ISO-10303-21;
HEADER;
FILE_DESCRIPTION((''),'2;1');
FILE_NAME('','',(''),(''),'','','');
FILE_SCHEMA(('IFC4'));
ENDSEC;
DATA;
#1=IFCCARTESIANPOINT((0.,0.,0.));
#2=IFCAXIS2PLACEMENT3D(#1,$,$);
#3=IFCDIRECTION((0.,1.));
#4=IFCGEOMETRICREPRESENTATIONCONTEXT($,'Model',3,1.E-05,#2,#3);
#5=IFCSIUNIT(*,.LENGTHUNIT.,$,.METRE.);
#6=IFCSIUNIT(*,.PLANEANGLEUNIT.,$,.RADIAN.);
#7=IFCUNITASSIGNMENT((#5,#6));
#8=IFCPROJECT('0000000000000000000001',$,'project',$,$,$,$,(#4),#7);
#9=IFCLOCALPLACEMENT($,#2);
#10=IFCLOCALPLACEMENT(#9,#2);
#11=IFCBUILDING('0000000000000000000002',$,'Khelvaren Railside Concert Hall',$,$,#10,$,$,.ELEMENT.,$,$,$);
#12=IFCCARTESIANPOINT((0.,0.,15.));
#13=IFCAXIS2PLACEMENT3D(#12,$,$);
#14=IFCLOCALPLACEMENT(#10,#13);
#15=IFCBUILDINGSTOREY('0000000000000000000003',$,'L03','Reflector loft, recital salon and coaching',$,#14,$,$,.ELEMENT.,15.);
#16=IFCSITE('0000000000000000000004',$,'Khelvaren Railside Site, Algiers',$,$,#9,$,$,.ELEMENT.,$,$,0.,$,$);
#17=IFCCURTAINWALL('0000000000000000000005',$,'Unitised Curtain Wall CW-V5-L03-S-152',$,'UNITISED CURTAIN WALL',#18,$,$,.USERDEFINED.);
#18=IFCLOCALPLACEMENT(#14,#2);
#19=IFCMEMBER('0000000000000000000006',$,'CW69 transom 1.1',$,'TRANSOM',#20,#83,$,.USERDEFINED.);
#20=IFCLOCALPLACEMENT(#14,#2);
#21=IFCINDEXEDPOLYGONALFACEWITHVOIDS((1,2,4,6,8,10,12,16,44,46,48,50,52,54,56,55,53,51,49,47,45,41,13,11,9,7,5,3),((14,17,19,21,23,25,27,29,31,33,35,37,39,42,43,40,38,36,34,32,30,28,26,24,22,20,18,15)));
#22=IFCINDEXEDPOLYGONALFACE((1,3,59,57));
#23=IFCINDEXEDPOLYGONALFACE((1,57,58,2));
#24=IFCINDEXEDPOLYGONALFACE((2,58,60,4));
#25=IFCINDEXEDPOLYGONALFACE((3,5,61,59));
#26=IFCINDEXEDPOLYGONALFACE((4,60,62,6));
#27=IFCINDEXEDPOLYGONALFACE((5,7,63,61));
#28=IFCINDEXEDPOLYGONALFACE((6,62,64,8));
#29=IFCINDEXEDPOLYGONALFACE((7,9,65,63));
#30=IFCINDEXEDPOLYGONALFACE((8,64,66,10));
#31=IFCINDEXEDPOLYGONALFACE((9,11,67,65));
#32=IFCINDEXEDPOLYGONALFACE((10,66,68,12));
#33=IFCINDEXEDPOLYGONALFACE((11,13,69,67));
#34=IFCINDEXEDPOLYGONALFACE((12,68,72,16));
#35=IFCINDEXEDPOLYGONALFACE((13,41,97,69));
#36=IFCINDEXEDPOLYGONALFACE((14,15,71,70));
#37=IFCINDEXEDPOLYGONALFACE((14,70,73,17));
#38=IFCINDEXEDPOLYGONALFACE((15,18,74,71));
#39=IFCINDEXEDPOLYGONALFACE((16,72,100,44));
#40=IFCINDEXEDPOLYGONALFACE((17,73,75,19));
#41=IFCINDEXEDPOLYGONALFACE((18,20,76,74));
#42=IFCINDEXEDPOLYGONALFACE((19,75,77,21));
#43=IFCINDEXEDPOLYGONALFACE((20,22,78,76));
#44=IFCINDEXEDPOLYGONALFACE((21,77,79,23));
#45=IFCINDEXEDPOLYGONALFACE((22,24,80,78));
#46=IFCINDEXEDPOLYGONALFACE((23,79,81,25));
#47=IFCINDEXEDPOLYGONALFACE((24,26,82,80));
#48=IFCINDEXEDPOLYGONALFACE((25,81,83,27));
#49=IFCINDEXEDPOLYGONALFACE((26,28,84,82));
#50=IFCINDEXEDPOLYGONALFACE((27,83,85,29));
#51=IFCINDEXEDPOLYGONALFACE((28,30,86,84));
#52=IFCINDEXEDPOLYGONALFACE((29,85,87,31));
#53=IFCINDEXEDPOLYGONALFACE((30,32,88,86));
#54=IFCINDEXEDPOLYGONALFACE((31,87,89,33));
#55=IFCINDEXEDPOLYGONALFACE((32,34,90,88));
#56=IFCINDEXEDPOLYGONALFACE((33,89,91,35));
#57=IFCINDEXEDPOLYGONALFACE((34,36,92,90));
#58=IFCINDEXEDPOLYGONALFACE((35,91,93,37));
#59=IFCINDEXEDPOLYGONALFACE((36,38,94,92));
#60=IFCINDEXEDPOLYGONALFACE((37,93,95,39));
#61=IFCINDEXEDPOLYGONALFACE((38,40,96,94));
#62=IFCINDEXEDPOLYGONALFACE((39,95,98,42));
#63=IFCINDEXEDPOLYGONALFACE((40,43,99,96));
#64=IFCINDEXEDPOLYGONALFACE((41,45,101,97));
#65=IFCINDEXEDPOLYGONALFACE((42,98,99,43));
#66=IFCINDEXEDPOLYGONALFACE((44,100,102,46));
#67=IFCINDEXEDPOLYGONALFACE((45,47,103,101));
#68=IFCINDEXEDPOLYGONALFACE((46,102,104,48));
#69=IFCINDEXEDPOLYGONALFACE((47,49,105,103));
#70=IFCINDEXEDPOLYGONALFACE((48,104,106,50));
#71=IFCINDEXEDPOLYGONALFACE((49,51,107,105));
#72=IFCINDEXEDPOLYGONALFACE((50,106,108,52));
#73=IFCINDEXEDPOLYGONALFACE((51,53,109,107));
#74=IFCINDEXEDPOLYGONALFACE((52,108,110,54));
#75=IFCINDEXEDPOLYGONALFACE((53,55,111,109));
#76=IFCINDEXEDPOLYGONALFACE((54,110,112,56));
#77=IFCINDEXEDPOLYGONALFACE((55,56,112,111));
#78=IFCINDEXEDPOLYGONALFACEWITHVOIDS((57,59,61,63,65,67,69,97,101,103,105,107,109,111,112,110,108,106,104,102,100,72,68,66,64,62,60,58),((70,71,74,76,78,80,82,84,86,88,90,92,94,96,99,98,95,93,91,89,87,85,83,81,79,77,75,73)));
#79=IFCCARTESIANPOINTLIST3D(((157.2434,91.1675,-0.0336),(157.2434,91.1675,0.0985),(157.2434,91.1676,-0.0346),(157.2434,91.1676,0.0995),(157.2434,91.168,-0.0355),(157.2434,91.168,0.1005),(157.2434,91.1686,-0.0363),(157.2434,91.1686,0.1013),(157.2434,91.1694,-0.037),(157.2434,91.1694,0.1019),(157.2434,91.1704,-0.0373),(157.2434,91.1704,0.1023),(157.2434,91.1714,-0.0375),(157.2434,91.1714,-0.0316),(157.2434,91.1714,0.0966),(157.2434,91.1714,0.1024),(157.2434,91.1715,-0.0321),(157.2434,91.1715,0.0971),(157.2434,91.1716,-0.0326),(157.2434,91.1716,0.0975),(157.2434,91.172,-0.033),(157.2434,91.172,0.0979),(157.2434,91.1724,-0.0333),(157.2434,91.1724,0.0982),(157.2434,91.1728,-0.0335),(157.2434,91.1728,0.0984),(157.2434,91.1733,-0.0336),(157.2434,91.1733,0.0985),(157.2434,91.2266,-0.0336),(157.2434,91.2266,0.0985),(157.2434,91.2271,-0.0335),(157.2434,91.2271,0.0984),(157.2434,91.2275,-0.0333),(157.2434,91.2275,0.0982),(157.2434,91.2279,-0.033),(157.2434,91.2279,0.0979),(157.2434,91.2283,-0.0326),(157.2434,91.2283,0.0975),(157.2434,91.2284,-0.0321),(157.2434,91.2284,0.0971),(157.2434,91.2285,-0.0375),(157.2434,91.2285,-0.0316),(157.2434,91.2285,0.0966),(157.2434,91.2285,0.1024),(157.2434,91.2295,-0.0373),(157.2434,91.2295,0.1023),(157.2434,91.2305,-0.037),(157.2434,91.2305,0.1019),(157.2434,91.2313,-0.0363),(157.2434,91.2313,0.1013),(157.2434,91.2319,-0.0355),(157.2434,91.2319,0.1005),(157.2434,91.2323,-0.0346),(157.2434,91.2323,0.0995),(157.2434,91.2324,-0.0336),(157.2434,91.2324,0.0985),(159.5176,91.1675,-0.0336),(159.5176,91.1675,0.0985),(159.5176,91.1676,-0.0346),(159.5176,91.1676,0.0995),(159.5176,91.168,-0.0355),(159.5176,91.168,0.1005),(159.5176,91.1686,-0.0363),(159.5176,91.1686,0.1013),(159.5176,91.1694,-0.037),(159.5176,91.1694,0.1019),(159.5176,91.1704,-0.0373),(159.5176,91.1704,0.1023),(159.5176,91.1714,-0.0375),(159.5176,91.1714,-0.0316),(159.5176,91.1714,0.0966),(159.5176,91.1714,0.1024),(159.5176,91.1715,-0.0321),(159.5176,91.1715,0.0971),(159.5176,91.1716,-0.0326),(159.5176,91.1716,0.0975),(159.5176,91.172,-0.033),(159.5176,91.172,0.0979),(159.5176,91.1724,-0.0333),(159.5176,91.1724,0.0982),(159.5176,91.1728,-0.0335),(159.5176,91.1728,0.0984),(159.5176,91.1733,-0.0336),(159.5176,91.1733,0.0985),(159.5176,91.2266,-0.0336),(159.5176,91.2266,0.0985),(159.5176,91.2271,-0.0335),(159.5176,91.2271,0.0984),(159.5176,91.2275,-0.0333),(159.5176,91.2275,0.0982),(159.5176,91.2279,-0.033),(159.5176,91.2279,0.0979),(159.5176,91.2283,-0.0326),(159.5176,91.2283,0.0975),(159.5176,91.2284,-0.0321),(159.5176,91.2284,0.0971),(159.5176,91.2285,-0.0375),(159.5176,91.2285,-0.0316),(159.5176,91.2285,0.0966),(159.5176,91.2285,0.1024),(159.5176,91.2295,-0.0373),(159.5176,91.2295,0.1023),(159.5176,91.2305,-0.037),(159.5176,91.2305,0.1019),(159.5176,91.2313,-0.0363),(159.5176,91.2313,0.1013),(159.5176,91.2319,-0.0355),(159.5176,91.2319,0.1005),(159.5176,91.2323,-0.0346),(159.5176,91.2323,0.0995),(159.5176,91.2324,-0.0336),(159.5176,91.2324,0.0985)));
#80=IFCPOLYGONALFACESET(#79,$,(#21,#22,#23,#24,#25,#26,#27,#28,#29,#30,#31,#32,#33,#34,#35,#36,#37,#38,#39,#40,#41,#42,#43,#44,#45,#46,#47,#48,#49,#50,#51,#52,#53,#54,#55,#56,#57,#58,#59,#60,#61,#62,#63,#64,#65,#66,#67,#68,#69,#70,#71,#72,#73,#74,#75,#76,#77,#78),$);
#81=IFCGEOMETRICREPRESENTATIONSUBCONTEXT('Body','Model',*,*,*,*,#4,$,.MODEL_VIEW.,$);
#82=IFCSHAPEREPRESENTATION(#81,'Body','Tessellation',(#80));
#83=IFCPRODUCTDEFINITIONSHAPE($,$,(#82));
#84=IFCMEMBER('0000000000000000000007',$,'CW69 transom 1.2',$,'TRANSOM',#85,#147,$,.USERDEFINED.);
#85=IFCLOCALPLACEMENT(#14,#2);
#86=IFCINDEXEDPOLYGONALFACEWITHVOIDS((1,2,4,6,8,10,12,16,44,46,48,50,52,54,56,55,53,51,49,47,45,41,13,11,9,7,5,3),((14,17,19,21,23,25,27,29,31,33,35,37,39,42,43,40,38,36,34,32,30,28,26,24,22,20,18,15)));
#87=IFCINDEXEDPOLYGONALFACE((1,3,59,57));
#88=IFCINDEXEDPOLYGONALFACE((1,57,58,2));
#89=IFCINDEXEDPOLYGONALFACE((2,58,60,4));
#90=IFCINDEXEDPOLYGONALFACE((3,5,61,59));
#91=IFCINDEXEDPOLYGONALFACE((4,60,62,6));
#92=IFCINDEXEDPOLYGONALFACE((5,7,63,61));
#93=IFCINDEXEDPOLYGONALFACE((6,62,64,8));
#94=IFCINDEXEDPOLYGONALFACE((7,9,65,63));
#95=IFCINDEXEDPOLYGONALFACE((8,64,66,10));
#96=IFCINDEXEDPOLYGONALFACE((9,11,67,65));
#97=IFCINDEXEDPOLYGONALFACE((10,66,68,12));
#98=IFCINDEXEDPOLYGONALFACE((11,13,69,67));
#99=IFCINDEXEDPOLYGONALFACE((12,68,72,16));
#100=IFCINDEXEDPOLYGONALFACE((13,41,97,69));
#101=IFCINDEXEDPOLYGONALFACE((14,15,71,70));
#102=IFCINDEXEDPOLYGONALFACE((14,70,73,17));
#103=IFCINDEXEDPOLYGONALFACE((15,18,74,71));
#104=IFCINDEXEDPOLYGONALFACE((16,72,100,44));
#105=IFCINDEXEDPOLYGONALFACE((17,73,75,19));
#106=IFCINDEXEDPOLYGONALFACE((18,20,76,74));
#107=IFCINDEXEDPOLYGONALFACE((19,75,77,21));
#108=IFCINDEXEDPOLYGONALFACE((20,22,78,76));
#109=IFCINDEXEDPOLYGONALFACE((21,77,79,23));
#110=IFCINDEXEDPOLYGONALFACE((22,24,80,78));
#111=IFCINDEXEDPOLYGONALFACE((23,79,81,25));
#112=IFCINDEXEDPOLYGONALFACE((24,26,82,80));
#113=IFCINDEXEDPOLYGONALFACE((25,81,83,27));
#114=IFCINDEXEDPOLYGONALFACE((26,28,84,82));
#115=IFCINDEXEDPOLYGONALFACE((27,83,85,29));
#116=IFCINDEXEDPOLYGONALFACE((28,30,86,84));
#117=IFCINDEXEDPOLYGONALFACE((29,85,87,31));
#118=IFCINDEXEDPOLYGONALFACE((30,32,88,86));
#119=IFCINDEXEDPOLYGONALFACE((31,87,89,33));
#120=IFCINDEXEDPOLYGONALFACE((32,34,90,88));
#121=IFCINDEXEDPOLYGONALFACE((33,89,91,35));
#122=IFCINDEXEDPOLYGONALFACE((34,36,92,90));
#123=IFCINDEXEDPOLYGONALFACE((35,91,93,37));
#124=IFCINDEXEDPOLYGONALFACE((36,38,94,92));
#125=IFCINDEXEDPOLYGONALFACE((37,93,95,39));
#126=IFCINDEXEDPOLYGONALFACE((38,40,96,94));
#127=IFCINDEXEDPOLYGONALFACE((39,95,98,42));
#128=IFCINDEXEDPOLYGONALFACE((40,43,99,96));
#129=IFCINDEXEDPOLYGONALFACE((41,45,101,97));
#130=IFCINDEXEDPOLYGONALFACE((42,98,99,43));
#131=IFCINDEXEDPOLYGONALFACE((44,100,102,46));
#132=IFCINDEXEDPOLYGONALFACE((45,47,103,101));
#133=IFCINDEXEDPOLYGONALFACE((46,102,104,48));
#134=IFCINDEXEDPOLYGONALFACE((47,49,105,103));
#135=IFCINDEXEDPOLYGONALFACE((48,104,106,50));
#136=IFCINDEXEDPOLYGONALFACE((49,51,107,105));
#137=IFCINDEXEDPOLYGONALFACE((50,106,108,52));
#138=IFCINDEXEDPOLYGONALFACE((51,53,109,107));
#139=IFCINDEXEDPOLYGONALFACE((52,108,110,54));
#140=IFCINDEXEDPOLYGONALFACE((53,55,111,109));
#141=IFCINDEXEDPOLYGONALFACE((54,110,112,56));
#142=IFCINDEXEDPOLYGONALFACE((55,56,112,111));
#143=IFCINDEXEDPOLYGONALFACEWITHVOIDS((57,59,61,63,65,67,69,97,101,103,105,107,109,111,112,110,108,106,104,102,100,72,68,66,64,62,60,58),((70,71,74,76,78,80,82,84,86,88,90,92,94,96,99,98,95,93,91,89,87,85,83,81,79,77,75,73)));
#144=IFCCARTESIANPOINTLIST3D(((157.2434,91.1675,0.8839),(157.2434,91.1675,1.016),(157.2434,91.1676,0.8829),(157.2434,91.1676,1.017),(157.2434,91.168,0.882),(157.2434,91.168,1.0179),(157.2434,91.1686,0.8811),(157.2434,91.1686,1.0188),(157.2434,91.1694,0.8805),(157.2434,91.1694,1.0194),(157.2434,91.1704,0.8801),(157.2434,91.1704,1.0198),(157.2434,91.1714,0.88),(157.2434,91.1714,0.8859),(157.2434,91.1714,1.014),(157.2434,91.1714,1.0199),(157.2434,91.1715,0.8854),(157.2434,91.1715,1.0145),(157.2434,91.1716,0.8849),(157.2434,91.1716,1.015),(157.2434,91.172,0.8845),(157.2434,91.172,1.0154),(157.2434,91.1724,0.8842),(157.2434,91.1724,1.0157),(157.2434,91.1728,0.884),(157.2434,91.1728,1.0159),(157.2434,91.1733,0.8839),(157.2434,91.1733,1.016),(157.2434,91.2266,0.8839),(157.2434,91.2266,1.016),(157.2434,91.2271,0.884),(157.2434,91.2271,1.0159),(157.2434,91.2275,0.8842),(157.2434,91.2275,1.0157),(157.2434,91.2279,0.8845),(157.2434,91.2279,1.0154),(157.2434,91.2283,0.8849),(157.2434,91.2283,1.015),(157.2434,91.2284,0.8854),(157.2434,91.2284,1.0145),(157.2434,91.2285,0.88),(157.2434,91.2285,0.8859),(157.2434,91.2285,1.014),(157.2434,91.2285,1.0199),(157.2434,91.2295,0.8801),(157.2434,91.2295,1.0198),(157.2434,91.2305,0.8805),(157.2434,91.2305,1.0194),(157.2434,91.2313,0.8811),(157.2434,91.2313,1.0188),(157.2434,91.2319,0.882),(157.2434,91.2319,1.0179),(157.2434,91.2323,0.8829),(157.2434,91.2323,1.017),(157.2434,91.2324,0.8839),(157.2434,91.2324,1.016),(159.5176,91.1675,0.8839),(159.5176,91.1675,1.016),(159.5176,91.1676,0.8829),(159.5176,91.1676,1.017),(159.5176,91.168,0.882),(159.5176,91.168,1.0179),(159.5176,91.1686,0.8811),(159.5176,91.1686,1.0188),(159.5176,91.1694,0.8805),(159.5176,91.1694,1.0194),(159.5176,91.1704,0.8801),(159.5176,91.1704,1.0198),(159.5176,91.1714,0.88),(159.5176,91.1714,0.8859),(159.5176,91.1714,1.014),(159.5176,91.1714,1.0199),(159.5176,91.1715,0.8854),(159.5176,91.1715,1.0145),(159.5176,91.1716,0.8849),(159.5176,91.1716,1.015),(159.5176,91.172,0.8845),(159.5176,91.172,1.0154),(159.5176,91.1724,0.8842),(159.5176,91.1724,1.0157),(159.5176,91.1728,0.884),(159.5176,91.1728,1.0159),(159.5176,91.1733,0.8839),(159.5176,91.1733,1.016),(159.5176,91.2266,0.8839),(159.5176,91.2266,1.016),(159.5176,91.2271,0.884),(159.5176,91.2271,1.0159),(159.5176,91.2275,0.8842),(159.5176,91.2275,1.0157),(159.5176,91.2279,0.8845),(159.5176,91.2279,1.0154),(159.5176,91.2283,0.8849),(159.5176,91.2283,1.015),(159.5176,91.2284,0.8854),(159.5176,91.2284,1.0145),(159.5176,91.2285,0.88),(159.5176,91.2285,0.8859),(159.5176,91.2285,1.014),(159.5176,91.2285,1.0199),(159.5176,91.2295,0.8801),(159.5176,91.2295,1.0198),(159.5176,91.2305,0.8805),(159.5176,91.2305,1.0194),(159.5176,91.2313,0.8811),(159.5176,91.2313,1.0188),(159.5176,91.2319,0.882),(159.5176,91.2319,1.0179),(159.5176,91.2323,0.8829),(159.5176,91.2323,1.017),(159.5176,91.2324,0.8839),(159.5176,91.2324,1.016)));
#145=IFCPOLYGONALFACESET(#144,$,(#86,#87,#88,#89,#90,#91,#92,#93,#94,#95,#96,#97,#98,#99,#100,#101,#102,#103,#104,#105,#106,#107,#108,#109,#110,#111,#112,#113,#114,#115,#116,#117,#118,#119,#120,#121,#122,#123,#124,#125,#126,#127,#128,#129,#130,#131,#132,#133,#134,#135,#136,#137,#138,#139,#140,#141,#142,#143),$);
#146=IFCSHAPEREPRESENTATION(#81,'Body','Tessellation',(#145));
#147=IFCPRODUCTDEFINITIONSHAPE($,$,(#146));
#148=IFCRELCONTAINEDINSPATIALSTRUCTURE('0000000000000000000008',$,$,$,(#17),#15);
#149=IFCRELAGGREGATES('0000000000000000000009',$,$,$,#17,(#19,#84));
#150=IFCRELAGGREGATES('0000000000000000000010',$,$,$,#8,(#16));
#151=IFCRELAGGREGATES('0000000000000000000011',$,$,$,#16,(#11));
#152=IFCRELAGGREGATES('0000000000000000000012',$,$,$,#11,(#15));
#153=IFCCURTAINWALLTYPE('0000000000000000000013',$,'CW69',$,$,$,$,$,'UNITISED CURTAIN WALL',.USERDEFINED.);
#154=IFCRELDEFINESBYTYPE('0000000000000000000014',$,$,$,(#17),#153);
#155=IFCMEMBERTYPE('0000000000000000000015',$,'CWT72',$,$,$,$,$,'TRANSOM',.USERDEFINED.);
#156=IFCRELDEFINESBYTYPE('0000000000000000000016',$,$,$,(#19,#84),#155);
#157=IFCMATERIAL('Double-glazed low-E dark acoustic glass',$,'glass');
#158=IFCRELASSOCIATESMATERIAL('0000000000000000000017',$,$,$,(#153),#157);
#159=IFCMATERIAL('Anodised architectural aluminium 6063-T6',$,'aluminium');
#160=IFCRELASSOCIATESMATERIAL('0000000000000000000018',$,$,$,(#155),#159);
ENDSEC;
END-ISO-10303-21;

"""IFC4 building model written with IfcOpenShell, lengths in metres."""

from ifc_helpers import new_model, si_unit, direction, frame, origin, origin_2d, place, context, subcontext, project, spatial, hollow_rectangle, extrude, material, material_profile, profile_set, type_object, element, aggregate, save


model = new_model("IFC4")

# Units and contexts
model_context = context("Model", 3, precision=1e-05, world=origin(), true_north=direction((0.0, 1.0)))
body_context = subcontext(model_context, "Body", "Model", "MODEL_VIEW")
ifc_project = project(units=[si_unit("LENGTHUNIT", "METRE"), si_unit("PLANEANGLEUNIT", "RADIAN")], contexts=[model_context])

# Site, building, storey
site_placement = place(None, origin())
site = spatial("IfcSite", under=ifc_project, at=site_placement, Name="Khelvaren Railside Site, Algiers", CompositionType="ELEMENT", RefElevation=0.0)
building_placement = place(site_placement, origin())
building = spatial("IfcBuilding", under=site, at=building_placement, Name="Khelvaren Railside Concert Hall", CompositionType="ELEMENT")
storey_placement = place(building_placement, frame((0.0, 0.0, 15.0)))
storey = spatial("IfcBuildingStorey", under=building, at=storey_placement, Name="L03", Description="Reflector loft, recital salon and coaching", CompositionType="ELEMENT", Elevation=15.0)

# Shared definitions
ifc_material_1 = material(Name="Double-glazed low-E dark acoustic glass", Category="glass")
ifc_material_2 = material(Name="Anodised architectural aluminium 6063-T6", Category="aluminium")

# Curtain wall
curtain_wall_type_1 = type_object("IfcCurtainWallType", Name="CW69", ElementType="UNITISED CURTAIN WALL", PredefinedType="USERDEFINED", material=ifc_material_1)
curtain_wall_1_placement = place(storey_placement, origin())
curtain_wall_1 = element("IfcCurtainWall", 1, at=curtain_wall_1_placement, inside=storey, type_object=curtain_wall_type_1, Name="Unitised Curtain Wall CW-V5-L03-S-152", ObjectType="UNITISED CURTAIN WALL", PredefinedType="USERDEFINED")

# Members
ifc_material_profile_1 = material_profile(ifc_material_2, hollow_rectangle(XDim=0.0649, YDim=0.1399, WallThickness=0.0039, InnerFilletRadius=0.002, OuterFilletRadius=0.0039, at=origin_2d()), Name="CWT 65x140x4")
ifc_profile_set_1 = profile_set([ifc_material_profile_1], Name="Anodised architectural aluminium 6063-T6")
member_type_1 = type_object("IfcMemberType", Name="CWT72", ElementType="TRANSOM", PredefinedType="USERDEFINED", material=ifc_profile_set_1)
member_1_placement = place(storey_placement, frame((159.5176, 91.2, 0.0325), z_axis=(-1.0, 0.0, 0.0), x_axis=(0.0, -1.0, 0.0)))
member_1 = element("IfcMember", 2, at=member_1_placement, type_object=member_type_1, Name="CW69 transom 1.1", ObjectType="TRANSOM", PredefinedType="USERDEFINED", context=body_context, shape_type="SweptSolid", body=[
    extrude(hollow_rectangle(XDim=0.0649, YDim=0.1399, WallThickness=0.0039, InnerFilletRadius=0.002, OuterFilletRadius=0.0039, at=origin_2d()), origin(), (0.0, 0.0, 1.0), 2.2742),
])
member_2_placement = place(storey_placement, frame((159.5176, 91.2, 0.95), z_axis=(-1.0, 0.0, 0.0), x_axis=(0.0, -1.0, 0.0)))
member_2 = element("IfcMember", 3, at=member_2_placement, type_object=member_type_1, Name="CW69 transom 1.2", ObjectType="TRANSOM", PredefinedType="USERDEFINED", context=body_context, shape_type="SweptSolid", body=[
    extrude(hollow_rectangle(XDim=0.0649, YDim=0.1399, WallThickness=0.0039, InnerFilletRadius=0.002, OuterFilletRadius=0.0039, at=origin_2d()), origin(), (0.0, 0.0, 1.0), 2.2742),
])

aggregate(curtain_wall_1, [member_1, member_2])

save(model, "model.ifc")
